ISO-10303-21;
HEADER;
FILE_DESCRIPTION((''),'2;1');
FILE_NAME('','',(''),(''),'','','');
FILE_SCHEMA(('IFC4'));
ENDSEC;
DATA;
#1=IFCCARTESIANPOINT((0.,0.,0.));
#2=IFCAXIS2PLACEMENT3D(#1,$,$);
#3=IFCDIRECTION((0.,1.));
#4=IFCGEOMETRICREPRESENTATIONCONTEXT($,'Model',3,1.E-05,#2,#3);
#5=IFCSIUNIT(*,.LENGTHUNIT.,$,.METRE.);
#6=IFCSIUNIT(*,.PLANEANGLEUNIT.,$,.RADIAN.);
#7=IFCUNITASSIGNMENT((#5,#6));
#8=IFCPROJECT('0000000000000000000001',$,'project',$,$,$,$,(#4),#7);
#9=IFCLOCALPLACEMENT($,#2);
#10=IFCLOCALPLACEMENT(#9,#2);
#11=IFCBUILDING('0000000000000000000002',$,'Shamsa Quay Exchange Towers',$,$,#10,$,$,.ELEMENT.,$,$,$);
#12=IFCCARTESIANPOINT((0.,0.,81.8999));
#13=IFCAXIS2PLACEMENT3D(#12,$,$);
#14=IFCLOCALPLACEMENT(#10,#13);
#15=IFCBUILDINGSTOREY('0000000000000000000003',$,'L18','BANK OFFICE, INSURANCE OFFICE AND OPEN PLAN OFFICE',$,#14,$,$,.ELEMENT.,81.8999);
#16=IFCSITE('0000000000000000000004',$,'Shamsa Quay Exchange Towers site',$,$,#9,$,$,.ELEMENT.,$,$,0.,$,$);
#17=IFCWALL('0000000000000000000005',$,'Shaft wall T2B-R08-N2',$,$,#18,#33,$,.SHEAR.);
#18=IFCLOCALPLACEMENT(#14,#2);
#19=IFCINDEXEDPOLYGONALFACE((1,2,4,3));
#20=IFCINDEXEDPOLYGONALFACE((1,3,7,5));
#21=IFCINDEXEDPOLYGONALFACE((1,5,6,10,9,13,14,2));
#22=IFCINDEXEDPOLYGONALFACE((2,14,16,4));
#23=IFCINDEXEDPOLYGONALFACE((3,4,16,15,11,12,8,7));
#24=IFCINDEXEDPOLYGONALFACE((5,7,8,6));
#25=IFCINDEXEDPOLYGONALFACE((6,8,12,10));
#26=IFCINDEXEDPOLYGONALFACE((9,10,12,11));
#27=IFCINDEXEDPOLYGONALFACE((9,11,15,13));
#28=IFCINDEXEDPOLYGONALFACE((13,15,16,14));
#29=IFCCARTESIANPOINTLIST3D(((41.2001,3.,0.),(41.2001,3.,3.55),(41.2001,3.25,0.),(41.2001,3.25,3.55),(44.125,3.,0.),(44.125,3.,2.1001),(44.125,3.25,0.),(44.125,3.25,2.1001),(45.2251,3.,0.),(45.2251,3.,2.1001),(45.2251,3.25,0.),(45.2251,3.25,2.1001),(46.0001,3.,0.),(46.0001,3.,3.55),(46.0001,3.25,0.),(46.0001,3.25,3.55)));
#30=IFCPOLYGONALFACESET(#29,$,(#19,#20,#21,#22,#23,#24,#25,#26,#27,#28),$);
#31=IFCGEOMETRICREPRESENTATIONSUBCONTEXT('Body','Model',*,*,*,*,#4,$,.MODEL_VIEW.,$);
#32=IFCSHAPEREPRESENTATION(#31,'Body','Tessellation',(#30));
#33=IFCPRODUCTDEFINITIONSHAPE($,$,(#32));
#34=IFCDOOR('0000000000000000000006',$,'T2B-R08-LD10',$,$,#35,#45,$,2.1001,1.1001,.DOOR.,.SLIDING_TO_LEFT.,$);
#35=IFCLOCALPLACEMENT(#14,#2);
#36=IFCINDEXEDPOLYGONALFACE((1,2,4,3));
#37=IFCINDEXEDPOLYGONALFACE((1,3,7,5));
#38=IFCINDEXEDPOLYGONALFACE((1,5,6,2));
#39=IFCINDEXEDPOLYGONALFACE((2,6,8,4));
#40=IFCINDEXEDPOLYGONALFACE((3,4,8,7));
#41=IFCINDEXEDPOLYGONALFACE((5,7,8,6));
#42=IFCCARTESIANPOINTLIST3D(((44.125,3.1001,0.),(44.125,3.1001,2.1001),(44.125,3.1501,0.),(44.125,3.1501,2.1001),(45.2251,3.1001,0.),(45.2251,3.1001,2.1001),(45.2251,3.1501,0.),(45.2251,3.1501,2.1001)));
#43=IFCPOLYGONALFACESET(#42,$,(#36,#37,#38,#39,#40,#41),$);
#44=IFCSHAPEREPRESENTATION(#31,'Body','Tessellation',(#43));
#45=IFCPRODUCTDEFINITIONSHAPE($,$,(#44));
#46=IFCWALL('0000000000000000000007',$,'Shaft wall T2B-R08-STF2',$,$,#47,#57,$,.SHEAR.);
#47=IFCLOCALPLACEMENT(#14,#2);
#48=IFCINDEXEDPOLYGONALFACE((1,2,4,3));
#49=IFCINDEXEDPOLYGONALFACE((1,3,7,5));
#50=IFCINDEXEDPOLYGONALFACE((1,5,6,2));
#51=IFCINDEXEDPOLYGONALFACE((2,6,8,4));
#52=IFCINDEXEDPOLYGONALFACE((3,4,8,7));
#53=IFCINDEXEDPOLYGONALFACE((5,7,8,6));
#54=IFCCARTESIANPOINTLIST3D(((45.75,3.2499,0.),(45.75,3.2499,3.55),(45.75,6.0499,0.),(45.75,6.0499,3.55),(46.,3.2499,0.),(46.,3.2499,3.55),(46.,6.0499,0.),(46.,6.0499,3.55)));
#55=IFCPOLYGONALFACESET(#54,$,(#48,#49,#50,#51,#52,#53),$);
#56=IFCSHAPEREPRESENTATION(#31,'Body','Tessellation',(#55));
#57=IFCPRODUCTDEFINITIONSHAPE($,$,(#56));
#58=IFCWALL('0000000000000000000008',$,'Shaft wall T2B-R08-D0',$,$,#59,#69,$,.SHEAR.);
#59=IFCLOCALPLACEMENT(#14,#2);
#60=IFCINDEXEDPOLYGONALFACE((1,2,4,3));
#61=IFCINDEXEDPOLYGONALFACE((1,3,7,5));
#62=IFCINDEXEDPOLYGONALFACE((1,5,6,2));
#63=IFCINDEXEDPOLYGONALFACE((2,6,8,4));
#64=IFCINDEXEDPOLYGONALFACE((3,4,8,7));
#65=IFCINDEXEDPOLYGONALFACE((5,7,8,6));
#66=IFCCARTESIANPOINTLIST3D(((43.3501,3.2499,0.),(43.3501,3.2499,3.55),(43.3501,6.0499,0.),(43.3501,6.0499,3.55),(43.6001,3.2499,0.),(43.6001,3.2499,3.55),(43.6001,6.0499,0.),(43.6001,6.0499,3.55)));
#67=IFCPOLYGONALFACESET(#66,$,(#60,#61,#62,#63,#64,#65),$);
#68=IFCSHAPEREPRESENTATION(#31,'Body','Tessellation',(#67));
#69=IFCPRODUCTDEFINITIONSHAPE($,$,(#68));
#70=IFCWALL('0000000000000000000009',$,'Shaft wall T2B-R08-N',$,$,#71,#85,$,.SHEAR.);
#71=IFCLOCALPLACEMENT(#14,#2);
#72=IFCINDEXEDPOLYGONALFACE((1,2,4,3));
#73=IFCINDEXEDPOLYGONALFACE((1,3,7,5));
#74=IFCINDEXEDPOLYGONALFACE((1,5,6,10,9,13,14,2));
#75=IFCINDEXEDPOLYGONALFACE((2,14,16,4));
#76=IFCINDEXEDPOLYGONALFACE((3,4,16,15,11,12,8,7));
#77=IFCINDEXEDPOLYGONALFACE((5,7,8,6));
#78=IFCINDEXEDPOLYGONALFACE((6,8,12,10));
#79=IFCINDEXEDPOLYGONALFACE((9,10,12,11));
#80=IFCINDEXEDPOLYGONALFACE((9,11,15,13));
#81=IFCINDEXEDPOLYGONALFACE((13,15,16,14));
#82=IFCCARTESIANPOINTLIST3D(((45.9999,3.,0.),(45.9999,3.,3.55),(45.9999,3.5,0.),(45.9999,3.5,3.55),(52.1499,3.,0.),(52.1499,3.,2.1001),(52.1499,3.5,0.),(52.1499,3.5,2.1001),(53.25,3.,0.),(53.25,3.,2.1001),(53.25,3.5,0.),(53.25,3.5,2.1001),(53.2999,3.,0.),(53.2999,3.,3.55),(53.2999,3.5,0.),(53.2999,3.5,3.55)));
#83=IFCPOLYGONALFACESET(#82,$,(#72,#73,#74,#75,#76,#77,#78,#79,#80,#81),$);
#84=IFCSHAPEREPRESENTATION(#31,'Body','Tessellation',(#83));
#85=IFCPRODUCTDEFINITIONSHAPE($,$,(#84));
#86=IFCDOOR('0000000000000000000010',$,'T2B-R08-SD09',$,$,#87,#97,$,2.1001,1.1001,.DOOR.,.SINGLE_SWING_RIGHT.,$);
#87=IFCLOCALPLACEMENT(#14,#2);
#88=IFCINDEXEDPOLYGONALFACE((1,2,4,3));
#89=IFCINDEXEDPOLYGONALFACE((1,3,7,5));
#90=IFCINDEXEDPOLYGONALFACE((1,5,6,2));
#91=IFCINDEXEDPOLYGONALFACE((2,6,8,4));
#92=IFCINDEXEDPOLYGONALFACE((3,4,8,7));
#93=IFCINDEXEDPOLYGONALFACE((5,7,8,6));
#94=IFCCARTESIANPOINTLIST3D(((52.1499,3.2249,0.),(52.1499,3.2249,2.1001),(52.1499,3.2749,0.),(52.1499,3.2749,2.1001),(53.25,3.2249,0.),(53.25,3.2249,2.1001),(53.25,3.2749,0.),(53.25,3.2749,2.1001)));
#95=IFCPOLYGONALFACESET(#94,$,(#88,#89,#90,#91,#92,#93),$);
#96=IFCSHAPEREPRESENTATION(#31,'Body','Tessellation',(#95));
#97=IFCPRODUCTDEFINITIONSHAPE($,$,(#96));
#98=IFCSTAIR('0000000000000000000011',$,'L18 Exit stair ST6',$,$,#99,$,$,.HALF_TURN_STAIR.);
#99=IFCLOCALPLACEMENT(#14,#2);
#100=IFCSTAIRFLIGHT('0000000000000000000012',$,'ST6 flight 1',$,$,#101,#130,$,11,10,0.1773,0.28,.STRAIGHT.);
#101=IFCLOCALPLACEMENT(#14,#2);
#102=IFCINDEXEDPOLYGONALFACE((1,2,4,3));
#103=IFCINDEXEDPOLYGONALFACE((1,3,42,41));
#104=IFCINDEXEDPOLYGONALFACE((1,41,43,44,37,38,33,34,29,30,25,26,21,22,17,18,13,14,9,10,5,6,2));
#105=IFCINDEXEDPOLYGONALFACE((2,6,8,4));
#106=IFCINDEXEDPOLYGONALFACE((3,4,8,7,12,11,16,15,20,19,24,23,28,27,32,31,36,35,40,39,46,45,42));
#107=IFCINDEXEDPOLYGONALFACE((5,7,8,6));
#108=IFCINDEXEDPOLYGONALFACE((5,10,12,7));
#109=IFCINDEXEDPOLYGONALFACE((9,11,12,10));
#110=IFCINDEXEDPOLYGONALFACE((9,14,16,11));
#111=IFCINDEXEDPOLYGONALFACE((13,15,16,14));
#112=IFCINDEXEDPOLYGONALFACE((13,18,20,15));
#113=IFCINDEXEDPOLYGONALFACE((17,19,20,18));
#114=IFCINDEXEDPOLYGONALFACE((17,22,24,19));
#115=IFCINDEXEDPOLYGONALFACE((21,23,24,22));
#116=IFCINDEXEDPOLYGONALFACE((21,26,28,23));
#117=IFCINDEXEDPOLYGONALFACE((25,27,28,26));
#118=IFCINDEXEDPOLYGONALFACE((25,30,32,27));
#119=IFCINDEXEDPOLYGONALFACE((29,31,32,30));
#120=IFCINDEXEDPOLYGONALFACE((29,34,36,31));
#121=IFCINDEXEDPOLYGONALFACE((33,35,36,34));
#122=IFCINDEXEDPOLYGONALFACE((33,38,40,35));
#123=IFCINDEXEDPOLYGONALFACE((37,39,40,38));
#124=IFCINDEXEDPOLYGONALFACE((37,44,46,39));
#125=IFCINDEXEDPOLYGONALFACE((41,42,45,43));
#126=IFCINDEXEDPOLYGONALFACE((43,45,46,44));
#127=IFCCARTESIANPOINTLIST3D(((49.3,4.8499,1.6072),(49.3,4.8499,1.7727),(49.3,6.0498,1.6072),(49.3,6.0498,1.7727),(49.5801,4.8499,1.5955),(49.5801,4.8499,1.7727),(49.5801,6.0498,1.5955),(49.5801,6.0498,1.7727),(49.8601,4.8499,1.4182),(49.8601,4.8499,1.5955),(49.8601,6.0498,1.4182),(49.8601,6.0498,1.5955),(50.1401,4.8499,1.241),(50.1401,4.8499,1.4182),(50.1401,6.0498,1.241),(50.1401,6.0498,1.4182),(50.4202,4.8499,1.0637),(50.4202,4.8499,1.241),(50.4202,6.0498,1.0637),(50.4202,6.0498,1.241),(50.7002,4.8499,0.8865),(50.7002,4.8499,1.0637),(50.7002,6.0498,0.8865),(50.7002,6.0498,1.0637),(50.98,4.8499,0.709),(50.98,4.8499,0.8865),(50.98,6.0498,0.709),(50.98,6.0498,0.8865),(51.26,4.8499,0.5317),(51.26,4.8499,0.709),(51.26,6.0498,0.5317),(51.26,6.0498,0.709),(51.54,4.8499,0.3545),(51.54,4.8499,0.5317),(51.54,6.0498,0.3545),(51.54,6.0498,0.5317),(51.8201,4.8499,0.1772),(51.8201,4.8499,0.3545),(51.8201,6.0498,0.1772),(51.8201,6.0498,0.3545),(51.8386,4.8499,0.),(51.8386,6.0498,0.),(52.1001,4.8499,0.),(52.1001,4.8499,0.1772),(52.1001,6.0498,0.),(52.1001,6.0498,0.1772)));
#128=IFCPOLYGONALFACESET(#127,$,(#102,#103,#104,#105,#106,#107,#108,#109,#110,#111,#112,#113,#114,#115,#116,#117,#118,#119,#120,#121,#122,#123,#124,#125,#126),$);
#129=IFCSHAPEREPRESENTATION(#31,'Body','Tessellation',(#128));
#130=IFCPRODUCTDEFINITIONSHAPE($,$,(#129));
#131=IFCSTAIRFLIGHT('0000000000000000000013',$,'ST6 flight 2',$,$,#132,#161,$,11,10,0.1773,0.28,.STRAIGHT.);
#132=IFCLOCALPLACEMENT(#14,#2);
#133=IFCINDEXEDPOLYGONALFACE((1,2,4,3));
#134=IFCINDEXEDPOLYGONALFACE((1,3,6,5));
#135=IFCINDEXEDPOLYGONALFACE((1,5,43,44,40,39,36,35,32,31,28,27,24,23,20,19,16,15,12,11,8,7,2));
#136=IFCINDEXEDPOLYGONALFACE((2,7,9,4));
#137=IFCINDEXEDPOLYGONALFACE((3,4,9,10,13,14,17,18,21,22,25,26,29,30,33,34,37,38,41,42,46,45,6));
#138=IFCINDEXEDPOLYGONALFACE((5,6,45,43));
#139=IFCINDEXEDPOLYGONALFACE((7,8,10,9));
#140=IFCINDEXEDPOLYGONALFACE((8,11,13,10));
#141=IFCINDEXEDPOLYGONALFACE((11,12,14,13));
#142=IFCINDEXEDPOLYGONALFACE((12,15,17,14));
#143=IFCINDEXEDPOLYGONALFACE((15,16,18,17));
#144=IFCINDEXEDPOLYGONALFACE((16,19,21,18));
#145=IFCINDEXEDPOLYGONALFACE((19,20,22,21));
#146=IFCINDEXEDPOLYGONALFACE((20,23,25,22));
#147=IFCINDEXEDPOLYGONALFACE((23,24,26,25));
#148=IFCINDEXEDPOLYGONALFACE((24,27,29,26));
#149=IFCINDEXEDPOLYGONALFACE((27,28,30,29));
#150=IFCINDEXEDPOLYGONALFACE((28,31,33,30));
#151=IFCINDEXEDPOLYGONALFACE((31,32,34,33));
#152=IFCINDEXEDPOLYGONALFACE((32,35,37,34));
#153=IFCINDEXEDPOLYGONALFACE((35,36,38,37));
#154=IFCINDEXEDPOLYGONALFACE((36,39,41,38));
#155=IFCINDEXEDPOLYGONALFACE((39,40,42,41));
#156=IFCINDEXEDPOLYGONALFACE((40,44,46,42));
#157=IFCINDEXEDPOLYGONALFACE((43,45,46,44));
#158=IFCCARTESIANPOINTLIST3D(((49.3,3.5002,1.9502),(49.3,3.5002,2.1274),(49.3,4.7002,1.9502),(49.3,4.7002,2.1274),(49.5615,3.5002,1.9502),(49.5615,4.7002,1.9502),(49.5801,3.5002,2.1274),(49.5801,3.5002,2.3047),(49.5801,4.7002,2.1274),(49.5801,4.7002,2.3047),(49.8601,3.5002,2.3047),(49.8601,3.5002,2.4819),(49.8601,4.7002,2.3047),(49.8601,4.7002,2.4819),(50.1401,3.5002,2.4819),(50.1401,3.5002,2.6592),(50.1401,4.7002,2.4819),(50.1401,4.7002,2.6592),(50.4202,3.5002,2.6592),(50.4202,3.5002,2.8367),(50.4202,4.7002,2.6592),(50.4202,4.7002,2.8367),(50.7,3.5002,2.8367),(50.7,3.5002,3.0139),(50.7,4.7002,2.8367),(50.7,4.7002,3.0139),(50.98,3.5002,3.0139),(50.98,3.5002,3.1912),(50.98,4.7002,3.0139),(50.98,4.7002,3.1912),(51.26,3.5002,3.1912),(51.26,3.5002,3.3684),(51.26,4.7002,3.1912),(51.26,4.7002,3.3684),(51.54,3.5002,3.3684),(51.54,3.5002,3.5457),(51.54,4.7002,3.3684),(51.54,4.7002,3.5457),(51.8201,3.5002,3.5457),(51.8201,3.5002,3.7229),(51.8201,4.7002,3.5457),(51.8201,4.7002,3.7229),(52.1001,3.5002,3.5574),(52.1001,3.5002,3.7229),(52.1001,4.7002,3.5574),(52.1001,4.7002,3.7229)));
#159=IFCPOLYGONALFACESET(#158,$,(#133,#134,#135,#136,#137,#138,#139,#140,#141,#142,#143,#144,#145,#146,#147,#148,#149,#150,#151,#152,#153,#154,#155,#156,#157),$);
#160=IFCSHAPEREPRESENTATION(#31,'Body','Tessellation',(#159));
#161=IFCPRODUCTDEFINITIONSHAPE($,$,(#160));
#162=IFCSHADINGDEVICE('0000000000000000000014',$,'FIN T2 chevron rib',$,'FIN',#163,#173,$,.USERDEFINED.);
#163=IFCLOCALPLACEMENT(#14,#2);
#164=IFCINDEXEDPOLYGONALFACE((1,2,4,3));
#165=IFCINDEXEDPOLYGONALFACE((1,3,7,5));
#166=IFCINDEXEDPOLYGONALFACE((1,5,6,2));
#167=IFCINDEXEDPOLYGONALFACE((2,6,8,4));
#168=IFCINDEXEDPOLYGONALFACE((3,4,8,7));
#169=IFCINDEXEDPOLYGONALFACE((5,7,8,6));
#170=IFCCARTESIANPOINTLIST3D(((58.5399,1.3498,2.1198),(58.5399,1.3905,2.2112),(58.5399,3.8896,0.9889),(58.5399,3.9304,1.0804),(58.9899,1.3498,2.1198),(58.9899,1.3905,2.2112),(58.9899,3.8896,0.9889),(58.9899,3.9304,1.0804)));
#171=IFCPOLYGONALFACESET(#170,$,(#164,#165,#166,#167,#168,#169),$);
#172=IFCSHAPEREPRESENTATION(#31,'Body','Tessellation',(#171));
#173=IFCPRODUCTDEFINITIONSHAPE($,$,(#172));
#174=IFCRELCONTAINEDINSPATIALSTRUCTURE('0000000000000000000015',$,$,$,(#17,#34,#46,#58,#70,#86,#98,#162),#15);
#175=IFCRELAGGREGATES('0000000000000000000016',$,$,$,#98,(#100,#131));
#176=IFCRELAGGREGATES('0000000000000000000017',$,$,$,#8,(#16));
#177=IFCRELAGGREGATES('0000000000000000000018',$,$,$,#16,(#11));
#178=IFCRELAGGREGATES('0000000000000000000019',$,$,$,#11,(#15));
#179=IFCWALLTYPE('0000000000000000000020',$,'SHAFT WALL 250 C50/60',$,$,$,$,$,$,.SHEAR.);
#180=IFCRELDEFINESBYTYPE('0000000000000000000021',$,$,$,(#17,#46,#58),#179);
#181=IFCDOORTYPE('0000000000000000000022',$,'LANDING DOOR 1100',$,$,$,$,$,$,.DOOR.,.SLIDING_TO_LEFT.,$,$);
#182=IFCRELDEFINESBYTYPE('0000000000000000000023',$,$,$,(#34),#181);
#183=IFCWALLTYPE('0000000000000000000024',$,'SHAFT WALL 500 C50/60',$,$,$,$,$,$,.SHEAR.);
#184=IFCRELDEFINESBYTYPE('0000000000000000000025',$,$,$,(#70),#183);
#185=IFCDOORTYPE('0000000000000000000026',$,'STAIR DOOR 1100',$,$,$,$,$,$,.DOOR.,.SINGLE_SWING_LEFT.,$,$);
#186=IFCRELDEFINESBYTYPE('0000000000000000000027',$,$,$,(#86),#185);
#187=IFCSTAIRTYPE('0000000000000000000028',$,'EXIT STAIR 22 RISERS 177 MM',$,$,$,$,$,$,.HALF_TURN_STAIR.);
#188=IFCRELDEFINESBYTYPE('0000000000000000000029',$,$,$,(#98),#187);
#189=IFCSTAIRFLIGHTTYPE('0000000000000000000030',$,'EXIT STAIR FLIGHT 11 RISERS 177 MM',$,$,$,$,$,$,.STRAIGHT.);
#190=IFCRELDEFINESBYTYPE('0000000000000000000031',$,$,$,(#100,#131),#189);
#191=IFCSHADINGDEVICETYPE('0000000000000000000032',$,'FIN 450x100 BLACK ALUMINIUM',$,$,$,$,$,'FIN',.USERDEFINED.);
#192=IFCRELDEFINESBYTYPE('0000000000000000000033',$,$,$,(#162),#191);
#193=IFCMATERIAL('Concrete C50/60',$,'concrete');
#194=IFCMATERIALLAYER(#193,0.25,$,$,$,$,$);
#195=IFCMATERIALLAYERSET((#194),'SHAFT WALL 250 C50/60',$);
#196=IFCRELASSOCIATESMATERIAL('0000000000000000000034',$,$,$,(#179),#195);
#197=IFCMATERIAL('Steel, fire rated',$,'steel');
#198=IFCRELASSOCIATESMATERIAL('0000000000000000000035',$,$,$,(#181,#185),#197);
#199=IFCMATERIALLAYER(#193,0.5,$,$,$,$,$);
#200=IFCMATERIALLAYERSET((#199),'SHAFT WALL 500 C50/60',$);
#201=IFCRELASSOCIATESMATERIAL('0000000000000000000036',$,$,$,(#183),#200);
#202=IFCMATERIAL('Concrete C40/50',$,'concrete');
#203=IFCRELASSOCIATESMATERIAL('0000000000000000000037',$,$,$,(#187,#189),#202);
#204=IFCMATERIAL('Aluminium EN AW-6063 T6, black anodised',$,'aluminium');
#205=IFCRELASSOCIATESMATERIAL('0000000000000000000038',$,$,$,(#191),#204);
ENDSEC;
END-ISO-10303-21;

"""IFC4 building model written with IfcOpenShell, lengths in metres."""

from ifc_helpers import new_model, si_unit, direction, frame, frame_2d, origin, origin_2d, place, context, subcontext, project, spatial, polyline, rectangle, outline, extrude, material, layer, layer_set, material_profile, profile_set, type_object, element, fill, aggregate, save


model = new_model("IFC4")

# Units and contexts
model_context = context("Model", 3, precision=1e-05, world=origin(), true_north=direction((0.0, 1.0)))
body_context = subcontext(model_context, "Body", "Model", "MODEL_VIEW")
ifc_project = project(units=[si_unit("LENGTHUNIT", "METRE"), si_unit("PLANEANGLEUNIT", "RADIAN")], contexts=[model_context])

# Site, building, storey
site_placement = place(None, origin())
site = spatial("IfcSite", under=ifc_project, at=site_placement, Name="Shamsa Quay Exchange Towers site", CompositionType="ELEMENT", RefElevation=0.0)
building_placement = place(site_placement, origin())
building = spatial("IfcBuilding", under=site, at=building_placement, Name="Shamsa Quay Exchange Towers", CompositionType="ELEMENT")
storey_placement = place(building_placement, frame((0.0, 0.0, 81.8999)))
storey = spatial("IfcBuildingStorey", under=building, at=storey_placement, Name="L18", Description="BANK OFFICE, INSURANCE OFFICE AND OPEN PLAN OFFICE", CompositionType="ELEMENT", Elevation=81.8999)

# Shared definitions
ifc_material_1 = material(Name="Aluminium EN AW-6063 T6, black anodised", Category="aluminium")

# Wall, opening, door
ifc_material_2 = material(Name="Concrete C50/60", Category="concrete")
ifc_layer_1 = layer(ifc_material_2, 0.25)
ifc_layer_set_1 = layer_set([ifc_layer_1], Name="SHAFT WALL 250 C50/60")
wall_type_1 = type_object("IfcWallType", Name="SHAFT WALL 250 C50/60", PredefinedType="SHEAR", material=ifc_layer_set_1)
wall_1_placement = place(storey_placement, frame((46.0, 3.125, 0.0), z_axis=(0.0, 0.0, 1.0), x_axis=(-1.0, 0.0, 0.0)))
wall_1 = element("IfcWall", 1, at=wall_1_placement, inside=storey, type_object=wall_type_1, Name="Shaft wall T2B-R08-N2", PredefinedType="SHEAR", context=body_context, shape_type="SweptSolid", body=[
    extrude(rectangle(XDim=4.8, YDim=0.25, at=frame_2d((2.3999, 0.0))), origin(), (0.0, 0.0, 1.0), 3.55),
])
opening_1_placement = place(wall_1_placement, frame((0.7749, 0.0, 0.0)))
opening_1 = element("IfcOpeningElement", 2, at=opening_1_placement, cuts=wall_1, PredefinedType="OPENING", context=body_context, shape_type="SweptSolid", body=[
    extrude(rectangle(XDim=1.1001, YDim=2.1001, at=frame_2d((0.55, 1.05))), frame((0.0, 0.135, 0.0), z_axis=(0.0, -1.0, 0.0), x_axis=(1.0, 0.0, 0.0)), (0.0, 0.0, 1.0), 0.27),
])
ifc_material_3 = material(Name="Steel, fire rated", Category="steel")
door_type_1 = type_object("IfcDoorType", Name="LANDING DOOR 1100", OperationType="SLIDING_TO_LEFT", PredefinedType="DOOR", material=ifc_material_3)
door_1_placement = place(opening_1_placement, origin())
door_1 = element("IfcDoor", 3, at=door_1_placement, inside=storey, type_object=door_type_1, Name="T2B-R08-LD10", OperationType="SLIDING_TO_LEFT", OverallHeight=2.1001, OverallWidth=1.1001, PredefinedType="DOOR", context=body_context, shape_type="SweptSolid", body=[
    extrude(rectangle(XDim=1.1001, YDim=2.1001, at=frame_2d((0.55, 1.05))), frame((0.0, 0.0249, 0.0), z_axis=(0.0, -1.0, 0.0), x_axis=(1.0, 0.0, 0.0)), (0.0, 0.0, 1.0), 0.05),
])
fill(opening_1, door_1)

# Walls
for number, where, z_axis, x_axis, name in (
    (4, (45.875, 3.25, 0.0), (0.0, 0.0, 1.0), (0.0, 1.0, 0.0), "Shaft wall T2B-R08-STF2"),
    (5, (43.4751, 3.25, 0.0), (0.0, 0.0, 1.0), (0.0, 1.0, 0.0), "Shaft wall T2B-R08-D0"),
):
    element("IfcWall", number, at=place(storey_placement, frame(where, z_axis=z_axis, x_axis=x_axis)), inside=storey, type_object=wall_type_1, Name=name, PredefinedType="SHEAR", context=body_context, shape_type="SweptSolid", body=[
        extrude(rectangle(XDim=2.8, YDim=0.25, at=frame_2d((1.3999, 0.0))), origin(), (0.0, 0.0, 1.0), 3.55),
    ])

# Wall, opening, door
ifc_layer_2 = layer(ifc_material_2, 0.5)
ifc_layer_set_2 = layer_set([ifc_layer_2], Name="SHAFT WALL 500 C50/60")
wall_type_2 = type_object("IfcWallType", Name="SHAFT WALL 500 C50/60", PredefinedType="SHEAR", material=ifc_layer_set_2)
wall_2_placement = place(storey_placement, frame((46.0, 3.25, 0.0)))
wall_2 = element("IfcWall", 6, at=wall_2_placement, inside=storey, type_object=wall_type_2, Name="Shaft wall T2B-R08-N", PredefinedType="SHEAR", context=body_context, shape_type="SweptSolid", body=[
    extrude(rectangle(XDim=7.3, YDim=0.5, at=frame_2d((3.6499, 0.0))), origin(), (0.0, 0.0, 1.0), 3.55),
])
opening_2_placement = place(wall_2_placement, frame((6.1499, 0.0, 0.0)))
opening_2 = element("IfcOpeningElement", 7, at=opening_2_placement, cuts=wall_2, PredefinedType="OPENING", context=body_context, shape_type="SweptSolid", body=[
    extrude(rectangle(XDim=1.1001, YDim=2.1001, at=frame_2d((0.55, 1.05))), frame((0.0, 0.26, 0.0), z_axis=(0.0, -1.0, 0.0), x_axis=(1.0, 0.0, 0.0)), (0.0, 0.0, 1.0), 0.52),
])
door_type_2 = type_object("IfcDoorType", Name="STAIR DOOR 1100", OperationType="SINGLE_SWING_LEFT", PredefinedType="DOOR", material=ifc_material_3)
door_2_placement = place(opening_2_placement, origin())
door_2 = element("IfcDoor", 8, at=door_2_placement, inside=storey, type_object=door_type_2, Name="T2B-R08-SD09", OperationType="SINGLE_SWING_RIGHT", OverallHeight=2.1001, OverallWidth=1.1001, PredefinedType="DOOR", context=body_context, shape_type="SweptSolid", body=[
    extrude(rectangle(XDim=1.1001, YDim=2.1001, at=frame_2d((0.55, 1.05))), frame((0.0, 0.0249, 0.0), z_axis=(0.0, -1.0, 0.0), x_axis=(1.0, 0.0, 0.0)), (0.0, 0.0, 1.0), 0.05),
])
fill(opening_2, door_2)

# Stair, stair flights
ifc_material_4 = material(Name="Concrete C40/50", Category="concrete")
stair_type = type_object("IfcStairType", Name="EXIT STAIR 22 RISERS 177 MM", PredefinedType="HALF_TURN_STAIR", material=ifc_material_4)
stair_placement = place(storey_placement, origin())
stair = element("IfcStair", 9, at=stair_placement, inside=storey, type_object=stair_type, Name="L18 Exit stair ST6", PredefinedType="HALF_TURN_STAIR")
stair_flight_type = type_object("IfcStairFlightType", Name="EXIT STAIR FLIGHT 11 RISERS 177 MM", PredefinedType="STRAIGHT", material=ifc_material_4)
stair_flight_1_placement = place(storey_placement, frame((52.1001, 5.45, 0.0), z_axis=(0.0, 0.0, 1.0), x_axis=(-1.0, 0.0, 0.0)))
stair_flight_1 = element("IfcStairFlight", 10, at=stair_flight_1_placement, type_object=stair_flight_type, Name="ST6 flight 1", NumberOfRisers=11, NumberOfTreads=10, PredefinedType="STRAIGHT", RiserHeight=0.1773, TreadLength=0.28, context=body_context, shape_type="SweptSolid", body=[
    extrude(outline(polyline([(0.0, 0.0), (0.0, 0.1772), (0.28, 0.1772), (0.28, 0.3545), (0.5601, 0.3545), (0.5601, 0.5317), (0.8401, 0.5317), (0.8401, 0.709), (1.1201, 0.709), (1.1201, 0.8865), (1.3999, 0.8865), (1.3999, 1.0637), (1.6799, 1.0637), (1.6799, 1.241), (1.96, 1.241), (1.96, 1.4182), (2.24, 1.4182), (2.24, 1.5955), (2.52, 1.5955), (2.52, 1.7727), (2.8, 1.7727), (2.8, 1.95), (2.8, 1.6072), (0.2615, 0.0), (0.0, 0.0)])), frame((0.0, 0.6001, 0.0), z_axis=(0.0, -1.0, 0.0), x_axis=(1.0, 0.0, 0.0)), (0.0, 0.0, 1.0), 1.2),
])
stair_flight_2_placement = place(storey_placement, frame((49.3, 4.1001, 1.9502)))
stair_flight_2 = element("IfcStairFlight", 11, at=stair_flight_2_placement, type_object=stair_flight_type, Name="ST6 flight 2", NumberOfRisers=11, NumberOfTreads=10, PredefinedType="STRAIGHT", RiserHeight=0.1773, TreadLength=0.28, context=body_context, shape_type="SweptSolid", body=[
    extrude(outline(polyline([(0.0, 0.0), (0.0, 0.1772), (0.28, 0.1772), (0.28, 0.3545), (0.5601, 0.3545), (0.5601, 0.5317), (0.8401, 0.5317), (0.8401, 0.709), (1.1201, 0.709), (1.1201, 0.8865), (1.3999, 0.8865), (1.3999, 1.0637), (1.6799, 1.0637), (1.6799, 1.241), (1.96, 1.241), (1.96, 1.4182), (2.24, 1.4182), (2.24, 1.5955), (2.52, 1.5955), (2.52, 1.7727), (2.8, 1.7727), (2.8, 1.95), (2.8, 1.6072), (0.2615, 0.0), (0.0, 0.0)])), frame((0.0, 0.6001, 0.0), z_axis=(0.0, -1.0, 0.0), x_axis=(1.0, 0.0, 0.0)), (0.0, 0.0, 1.0), 1.2),
])
aggregate(stair, [stair_flight_1, stair_flight_2])

# Shading device
ifc_material_profile_1 = material_profile(ifc_material_1, rectangle(XDim=0.45, YDim=0.1001, at=origin_2d()), Name="FIN450x100")
ifc_profile_set_1 = profile_set([ifc_material_profile_1], Name="Aluminium EN AW-6063 T6, black anodised")
shading_device_type = type_object("IfcShadingDeviceType", Name="FIN 450x100 BLACK ALUMINIUM", ElementType="FIN", PredefinedType="USERDEFINED", material=ifc_profile_set_1)
shading_device_1_placement = place(storey_placement, frame((58.7649, 1.3701, 2.1655), z_axis=(0.0, 0.913536, -0.406758), x_axis=(-1.0, 0.0, 0.0)))
element("IfcShadingDevice", 12, at=shading_device_1_placement, inside=storey, type_object=shading_device_type, Name="FIN T2 chevron rib", ObjectType="FIN", PredefinedType="USERDEFINED", context=body_context, shape_type="SweptSolid", body=[
    extrude(rectangle(XDim=0.45, YDim=0.1001, at=origin_2d()), origin(), (0.0, 0.0, 1.0), 2.7803),
])

save(model, "model.ifc")
